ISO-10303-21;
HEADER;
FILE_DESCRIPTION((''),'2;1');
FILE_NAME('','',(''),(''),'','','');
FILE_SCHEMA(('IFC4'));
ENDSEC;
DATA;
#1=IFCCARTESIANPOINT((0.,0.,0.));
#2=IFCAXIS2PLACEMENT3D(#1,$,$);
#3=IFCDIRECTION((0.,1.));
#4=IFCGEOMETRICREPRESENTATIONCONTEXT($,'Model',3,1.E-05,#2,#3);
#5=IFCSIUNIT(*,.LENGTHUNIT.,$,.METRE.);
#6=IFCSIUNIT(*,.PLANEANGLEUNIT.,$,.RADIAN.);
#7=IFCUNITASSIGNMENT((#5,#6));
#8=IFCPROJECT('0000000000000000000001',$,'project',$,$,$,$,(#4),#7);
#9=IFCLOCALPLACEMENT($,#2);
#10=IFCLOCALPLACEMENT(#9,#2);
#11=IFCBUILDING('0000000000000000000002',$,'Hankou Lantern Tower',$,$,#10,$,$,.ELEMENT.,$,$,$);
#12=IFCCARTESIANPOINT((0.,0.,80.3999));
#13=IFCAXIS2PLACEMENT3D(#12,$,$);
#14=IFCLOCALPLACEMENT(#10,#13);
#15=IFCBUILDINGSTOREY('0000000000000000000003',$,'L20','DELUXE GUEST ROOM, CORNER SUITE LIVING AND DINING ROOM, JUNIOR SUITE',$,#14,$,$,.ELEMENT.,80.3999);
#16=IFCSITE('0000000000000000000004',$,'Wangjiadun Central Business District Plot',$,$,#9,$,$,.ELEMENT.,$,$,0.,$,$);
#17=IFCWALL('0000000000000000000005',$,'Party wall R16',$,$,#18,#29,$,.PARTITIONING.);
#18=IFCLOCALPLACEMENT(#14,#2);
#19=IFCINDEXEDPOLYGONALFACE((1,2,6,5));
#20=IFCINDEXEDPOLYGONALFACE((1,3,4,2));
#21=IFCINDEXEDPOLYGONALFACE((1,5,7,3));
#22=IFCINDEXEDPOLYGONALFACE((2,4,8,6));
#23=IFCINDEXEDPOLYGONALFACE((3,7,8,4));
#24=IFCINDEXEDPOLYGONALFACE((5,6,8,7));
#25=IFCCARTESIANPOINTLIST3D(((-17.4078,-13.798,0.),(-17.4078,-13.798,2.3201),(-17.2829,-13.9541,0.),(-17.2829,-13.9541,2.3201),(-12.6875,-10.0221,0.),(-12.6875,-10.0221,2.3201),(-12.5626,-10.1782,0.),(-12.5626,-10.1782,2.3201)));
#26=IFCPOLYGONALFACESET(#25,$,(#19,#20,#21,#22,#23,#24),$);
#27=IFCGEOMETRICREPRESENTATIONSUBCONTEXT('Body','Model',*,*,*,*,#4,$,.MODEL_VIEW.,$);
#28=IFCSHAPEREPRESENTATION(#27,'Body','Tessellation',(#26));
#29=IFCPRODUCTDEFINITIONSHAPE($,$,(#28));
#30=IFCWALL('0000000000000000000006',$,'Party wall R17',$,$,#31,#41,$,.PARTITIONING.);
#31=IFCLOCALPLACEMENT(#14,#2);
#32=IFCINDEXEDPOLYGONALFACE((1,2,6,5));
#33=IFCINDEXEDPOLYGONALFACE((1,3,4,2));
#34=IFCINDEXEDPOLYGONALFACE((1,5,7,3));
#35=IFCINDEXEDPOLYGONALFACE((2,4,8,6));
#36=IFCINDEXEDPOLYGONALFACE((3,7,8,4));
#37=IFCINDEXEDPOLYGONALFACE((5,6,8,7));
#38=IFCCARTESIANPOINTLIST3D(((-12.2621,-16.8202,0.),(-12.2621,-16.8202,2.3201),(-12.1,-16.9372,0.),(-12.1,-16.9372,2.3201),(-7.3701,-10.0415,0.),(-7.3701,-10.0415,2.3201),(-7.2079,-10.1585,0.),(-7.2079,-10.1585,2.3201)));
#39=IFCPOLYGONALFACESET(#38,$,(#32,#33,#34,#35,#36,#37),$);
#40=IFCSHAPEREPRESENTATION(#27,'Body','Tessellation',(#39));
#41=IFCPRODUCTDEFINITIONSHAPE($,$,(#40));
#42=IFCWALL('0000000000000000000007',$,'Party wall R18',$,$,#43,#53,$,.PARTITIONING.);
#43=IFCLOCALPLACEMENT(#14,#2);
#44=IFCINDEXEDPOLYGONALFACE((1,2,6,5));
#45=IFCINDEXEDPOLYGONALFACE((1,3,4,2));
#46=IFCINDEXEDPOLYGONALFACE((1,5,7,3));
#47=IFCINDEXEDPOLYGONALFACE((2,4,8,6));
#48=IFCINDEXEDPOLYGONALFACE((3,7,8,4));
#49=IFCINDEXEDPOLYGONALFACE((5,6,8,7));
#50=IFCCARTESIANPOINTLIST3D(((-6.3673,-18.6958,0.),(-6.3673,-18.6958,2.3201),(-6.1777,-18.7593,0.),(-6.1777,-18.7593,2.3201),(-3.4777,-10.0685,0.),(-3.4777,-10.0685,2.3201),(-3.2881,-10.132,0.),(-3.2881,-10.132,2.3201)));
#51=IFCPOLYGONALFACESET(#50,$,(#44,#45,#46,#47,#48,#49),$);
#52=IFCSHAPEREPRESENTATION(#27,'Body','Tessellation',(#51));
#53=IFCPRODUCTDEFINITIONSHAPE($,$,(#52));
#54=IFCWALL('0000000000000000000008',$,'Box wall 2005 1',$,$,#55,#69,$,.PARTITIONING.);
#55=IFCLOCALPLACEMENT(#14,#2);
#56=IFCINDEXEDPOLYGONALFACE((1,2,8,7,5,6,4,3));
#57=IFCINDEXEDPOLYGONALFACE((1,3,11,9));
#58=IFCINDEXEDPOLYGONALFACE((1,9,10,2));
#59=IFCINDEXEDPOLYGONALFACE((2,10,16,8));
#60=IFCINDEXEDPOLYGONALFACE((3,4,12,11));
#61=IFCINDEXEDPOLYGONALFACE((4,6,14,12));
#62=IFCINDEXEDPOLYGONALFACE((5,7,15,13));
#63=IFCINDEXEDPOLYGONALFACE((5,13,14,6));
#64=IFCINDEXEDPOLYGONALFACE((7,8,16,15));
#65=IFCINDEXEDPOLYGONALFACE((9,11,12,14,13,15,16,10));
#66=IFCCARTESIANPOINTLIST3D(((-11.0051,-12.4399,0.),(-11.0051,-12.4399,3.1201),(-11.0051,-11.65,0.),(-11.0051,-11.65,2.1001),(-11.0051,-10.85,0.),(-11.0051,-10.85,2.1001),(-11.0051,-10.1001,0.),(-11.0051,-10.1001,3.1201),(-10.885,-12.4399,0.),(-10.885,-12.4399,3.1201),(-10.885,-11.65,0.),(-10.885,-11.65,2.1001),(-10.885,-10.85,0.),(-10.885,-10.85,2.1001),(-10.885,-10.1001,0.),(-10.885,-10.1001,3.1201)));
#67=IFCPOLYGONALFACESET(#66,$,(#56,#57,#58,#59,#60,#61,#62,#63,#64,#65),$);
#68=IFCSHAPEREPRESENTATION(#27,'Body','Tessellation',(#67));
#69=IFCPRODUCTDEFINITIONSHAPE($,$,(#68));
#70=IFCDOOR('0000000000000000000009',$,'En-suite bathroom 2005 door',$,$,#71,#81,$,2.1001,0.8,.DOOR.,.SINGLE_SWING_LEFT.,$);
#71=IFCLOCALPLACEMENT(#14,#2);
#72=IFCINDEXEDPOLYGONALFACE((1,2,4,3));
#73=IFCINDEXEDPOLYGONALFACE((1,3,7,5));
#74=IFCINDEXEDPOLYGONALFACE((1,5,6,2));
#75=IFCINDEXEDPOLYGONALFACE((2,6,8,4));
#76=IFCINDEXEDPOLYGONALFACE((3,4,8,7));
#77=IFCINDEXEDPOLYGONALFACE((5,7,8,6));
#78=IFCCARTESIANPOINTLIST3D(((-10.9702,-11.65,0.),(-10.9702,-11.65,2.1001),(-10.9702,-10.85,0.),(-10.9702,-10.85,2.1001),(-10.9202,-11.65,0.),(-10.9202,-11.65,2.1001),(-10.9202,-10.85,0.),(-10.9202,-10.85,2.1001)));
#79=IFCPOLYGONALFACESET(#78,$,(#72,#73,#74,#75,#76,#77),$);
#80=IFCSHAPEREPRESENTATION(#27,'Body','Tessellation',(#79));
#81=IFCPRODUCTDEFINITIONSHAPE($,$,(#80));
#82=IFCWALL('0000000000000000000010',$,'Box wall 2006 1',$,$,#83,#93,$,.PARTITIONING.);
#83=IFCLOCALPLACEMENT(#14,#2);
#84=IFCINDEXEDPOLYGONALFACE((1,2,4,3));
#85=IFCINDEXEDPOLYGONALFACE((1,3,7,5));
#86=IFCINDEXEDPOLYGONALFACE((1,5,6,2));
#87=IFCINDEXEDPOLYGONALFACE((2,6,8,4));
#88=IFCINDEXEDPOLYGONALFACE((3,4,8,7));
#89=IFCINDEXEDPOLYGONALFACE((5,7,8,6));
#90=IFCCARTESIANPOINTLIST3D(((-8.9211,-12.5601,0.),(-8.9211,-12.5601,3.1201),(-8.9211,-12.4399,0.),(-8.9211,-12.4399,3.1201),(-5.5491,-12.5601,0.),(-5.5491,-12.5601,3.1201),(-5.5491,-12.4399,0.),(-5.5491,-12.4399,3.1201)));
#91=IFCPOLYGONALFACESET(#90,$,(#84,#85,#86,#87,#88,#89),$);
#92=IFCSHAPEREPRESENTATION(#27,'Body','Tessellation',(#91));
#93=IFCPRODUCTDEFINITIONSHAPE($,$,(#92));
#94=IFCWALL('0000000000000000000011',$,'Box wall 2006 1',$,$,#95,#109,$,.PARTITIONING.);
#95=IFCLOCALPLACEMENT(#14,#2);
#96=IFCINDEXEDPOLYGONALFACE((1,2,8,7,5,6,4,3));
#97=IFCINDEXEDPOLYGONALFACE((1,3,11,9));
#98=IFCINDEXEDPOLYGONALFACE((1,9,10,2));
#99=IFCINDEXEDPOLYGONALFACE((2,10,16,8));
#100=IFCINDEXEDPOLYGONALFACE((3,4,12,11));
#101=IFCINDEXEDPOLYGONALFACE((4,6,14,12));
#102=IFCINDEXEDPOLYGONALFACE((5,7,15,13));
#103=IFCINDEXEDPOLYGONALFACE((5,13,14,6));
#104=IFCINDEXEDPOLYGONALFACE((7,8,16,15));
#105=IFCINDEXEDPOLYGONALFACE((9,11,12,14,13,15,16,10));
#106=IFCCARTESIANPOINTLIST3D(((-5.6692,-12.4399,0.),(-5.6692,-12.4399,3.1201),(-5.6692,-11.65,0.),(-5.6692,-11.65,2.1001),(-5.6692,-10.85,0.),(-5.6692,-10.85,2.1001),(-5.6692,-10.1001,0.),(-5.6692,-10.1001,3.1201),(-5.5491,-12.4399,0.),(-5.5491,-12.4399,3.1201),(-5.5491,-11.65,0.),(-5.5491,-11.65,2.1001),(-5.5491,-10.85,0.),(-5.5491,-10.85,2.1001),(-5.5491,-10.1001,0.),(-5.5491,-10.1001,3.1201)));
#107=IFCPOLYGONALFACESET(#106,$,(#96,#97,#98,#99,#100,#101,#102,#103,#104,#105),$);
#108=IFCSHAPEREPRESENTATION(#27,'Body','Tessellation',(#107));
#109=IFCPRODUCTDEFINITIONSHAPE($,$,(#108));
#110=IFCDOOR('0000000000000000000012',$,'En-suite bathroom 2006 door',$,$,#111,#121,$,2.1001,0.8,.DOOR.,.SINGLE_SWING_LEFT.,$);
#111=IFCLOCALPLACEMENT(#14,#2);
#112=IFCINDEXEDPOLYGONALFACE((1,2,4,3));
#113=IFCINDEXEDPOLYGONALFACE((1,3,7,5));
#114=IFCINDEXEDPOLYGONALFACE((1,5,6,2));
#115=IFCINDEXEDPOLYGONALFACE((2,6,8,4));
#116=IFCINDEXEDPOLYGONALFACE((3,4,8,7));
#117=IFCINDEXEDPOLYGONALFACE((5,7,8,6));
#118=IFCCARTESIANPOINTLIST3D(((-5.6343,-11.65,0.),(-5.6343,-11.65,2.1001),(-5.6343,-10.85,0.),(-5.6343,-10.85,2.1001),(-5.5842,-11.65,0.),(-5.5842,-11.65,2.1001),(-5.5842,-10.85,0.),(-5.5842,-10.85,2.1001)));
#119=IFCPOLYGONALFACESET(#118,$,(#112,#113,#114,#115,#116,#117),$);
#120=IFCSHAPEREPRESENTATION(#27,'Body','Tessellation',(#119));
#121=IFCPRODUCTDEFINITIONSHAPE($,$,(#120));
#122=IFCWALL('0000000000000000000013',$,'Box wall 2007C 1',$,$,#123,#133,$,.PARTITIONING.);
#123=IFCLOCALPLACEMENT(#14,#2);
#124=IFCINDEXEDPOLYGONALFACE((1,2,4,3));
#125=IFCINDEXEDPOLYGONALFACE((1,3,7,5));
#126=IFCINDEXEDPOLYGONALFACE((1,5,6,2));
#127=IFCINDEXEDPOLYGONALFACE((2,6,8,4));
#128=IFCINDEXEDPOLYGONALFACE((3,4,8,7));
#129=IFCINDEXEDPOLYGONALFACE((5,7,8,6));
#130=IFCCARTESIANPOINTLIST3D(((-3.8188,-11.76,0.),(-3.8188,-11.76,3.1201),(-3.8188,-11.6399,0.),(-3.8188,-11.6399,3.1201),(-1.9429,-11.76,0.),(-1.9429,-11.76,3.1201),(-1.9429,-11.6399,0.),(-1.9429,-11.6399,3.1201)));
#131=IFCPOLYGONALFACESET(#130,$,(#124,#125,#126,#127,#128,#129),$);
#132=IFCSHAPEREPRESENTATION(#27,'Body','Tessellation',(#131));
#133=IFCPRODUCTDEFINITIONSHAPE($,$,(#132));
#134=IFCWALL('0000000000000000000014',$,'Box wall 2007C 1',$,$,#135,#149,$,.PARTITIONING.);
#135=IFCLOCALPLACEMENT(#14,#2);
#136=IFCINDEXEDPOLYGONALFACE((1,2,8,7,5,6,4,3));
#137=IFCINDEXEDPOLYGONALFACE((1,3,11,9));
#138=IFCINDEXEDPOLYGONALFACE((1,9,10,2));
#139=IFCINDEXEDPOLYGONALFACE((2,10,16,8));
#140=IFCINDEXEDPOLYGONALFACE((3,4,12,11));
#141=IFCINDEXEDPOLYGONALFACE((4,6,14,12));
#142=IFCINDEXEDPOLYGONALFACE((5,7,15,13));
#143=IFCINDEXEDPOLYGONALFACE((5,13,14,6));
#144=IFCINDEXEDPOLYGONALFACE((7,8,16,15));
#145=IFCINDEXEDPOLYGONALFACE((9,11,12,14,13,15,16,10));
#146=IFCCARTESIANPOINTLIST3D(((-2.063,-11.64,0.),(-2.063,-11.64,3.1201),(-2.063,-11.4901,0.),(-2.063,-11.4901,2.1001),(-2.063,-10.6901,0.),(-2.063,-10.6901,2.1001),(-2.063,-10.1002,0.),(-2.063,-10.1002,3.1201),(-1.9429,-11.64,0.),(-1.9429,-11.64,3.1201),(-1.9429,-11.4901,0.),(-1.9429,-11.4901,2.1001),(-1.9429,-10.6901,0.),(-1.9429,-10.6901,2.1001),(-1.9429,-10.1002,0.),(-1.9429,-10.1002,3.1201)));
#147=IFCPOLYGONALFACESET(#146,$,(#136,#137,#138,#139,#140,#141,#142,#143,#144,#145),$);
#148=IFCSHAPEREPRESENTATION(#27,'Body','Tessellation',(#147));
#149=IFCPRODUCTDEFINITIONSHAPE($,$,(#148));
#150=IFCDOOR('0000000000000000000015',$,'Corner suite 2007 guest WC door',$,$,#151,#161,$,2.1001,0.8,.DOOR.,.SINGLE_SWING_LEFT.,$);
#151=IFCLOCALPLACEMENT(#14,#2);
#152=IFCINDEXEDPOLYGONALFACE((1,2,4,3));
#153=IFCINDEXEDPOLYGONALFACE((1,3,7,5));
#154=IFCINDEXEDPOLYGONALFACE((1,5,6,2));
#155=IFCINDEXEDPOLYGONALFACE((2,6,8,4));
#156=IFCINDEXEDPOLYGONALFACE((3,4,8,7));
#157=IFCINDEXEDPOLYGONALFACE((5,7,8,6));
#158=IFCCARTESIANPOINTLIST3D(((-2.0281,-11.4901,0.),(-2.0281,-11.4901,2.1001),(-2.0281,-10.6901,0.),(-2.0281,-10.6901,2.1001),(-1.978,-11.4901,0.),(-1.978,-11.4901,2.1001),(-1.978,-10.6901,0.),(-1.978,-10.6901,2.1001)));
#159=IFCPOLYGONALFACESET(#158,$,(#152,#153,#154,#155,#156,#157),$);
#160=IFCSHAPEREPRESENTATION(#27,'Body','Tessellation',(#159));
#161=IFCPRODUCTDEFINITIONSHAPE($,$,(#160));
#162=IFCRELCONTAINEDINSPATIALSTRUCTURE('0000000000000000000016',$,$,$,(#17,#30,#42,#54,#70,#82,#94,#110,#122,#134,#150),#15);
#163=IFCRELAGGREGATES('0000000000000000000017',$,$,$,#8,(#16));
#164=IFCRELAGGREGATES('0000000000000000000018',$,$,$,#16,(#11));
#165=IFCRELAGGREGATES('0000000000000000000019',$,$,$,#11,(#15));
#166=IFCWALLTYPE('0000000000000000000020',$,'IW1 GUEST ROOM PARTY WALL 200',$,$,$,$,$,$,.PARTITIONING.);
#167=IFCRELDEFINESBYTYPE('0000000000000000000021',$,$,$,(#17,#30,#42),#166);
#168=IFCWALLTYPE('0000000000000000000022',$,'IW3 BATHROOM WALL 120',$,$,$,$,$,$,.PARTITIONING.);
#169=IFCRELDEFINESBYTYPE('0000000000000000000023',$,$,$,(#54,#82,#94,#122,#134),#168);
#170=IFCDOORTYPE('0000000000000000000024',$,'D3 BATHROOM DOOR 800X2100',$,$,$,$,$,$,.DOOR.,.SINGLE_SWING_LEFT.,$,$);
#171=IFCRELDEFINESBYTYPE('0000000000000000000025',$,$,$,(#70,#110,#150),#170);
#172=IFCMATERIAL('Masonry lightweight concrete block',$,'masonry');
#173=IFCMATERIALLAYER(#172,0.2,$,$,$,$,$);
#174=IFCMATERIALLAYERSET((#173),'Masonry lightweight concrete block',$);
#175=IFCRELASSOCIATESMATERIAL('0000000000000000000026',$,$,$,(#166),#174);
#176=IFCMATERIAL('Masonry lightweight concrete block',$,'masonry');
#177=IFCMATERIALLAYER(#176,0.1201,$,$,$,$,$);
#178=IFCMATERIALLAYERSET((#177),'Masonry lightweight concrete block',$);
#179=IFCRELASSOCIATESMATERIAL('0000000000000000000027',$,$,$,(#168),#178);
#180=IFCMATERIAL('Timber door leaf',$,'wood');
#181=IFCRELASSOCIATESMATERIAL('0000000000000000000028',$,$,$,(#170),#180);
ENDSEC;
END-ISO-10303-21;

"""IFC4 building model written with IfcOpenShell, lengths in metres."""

from ifc_helpers import new_model, si_unit, direction, frame, frame_2d, origin, place, context, subcontext, project, spatial, rectangle, extrude, material, layer, layer_set, type_object, element, fill, save


model = new_model("IFC4")

# Units and contexts
model_context = context("Model", 3, precision=1e-05, world=origin(), true_north=direction((0.0, 1.0)))
body_context = subcontext(model_context, "Body", "Model", "MODEL_VIEW")
ifc_project = project(units=[si_unit("LENGTHUNIT", "METRE"), si_unit("PLANEANGLEUNIT", "RADIAN")], contexts=[model_context])

# Site, building, storey
site_placement = place(None, origin())
site = spatial("IfcSite", under=ifc_project, at=site_placement, Name="Wangjiadun Central Business District Plot", CompositionType="ELEMENT", RefElevation=0.0)
building_placement = place(site_placement, origin())
building = spatial("IfcBuilding", under=site, at=building_placement, Name="Hankou Lantern Tower", CompositionType="ELEMENT")
storey_placement = place(building_placement, frame((0.0, 0.0, 80.3999)))
storey = spatial("IfcBuildingStorey", under=building, at=storey_placement, Name="L20", Description="DELUXE GUEST ROOM, CORNER SUITE LIVING AND DINING ROOM, JUNIOR SUITE", CompositionType="ELEMENT", Elevation=80.3999)

# Walls
ifc_material_1 = material(Name="Masonry lightweight concrete block", Category="masonry")
ifc_layer_1 = layer(ifc_material_1, 0.2)
ifc_layer_set_1 = layer_set([ifc_layer_1], Name="Masonry lightweight concrete block")
wall_type_1 = type_object("IfcWallType", Name="IW1 GUEST ROOM PARTY WALL 200", PredefinedType="PARTITIONING", material=ifc_layer_set_1)
wall_1_placement = place(storey_placement, frame((-12.625, -10.1001, 0.0), z_axis=(0.0, 0.0, 1.0), x_axis=(-0.780892, -0.624665, 0.0)))
element("IfcWall", 1, at=wall_1_placement, inside=storey, type_object=wall_type_1, Name="Party wall R16", PredefinedType="PARTITIONING", context=body_context, shape_type="SweptSolid", body=[
    extrude(rectangle(XDim=6.0447, YDim=0.2, at=frame_2d((3.0225, 0.0))), origin(), (0.0, 0.0, 1.0), 2.3201),
])
wall_2_placement = place(storey_placement, frame((-7.2891, -10.1001, 0.0), z_axis=(0.0, 0.0, 1.0), x_axis=(-0.585198, -0.81089, 0.0)))
element("IfcWall", 2, at=wall_2_placement, inside=storey, type_object=wall_type_1, Name="Party wall R17", PredefinedType="PARTITIONING", context=body_context, shape_type="SweptSolid", body=[
    extrude(rectangle(XDim=8.3596, YDim=0.2, at=frame_2d((4.1797, 0.0))), origin(), (0.0, 0.0, 1.0), 2.3201),
])
wall_3_placement = place(storey_placement, frame((-3.3828, -10.1001, 0.0), z_axis=(0.0, 0.0, 1.0), x_axis=(-0.317596, -0.948226, 0.0)))
element("IfcWall", 3, at=wall_3_placement, inside=storey, type_object=wall_type_1, Name="Party wall R18", PredefinedType="PARTITIONING", context=body_context, shape_type="SweptSolid", body=[
    extrude(rectangle(XDim=9.0984, YDim=0.2, at=frame_2d((4.5493, 0.0))), origin(), (0.0, 0.0, 1.0), 2.3201),
])

# Wall, opening, door
ifc_material_2 = material(Name="Masonry lightweight concrete block", Category="masonry")
ifc_layer_2 = layer(ifc_material_2, 0.1201)
ifc_layer_set_2 = layer_set([ifc_layer_2], Name="Masonry lightweight concrete block")
wall_type_2 = type_object("IfcWallType", Name="IW3 BATHROOM WALL 120", PredefinedType="PARTITIONING", material=ifc_layer_set_2)
wall_4_placement = place(storey_placement, frame((-10.9451, -10.1001, 0.0), z_axis=(0.0, 0.0, 1.0), x_axis=(0.0, -1.0, 0.0)))
wall_4 = element("IfcWall", 4, at=wall_4_placement, inside=storey, type_object=wall_type_2, Name="Box wall 2005 1", PredefinedType="PARTITIONING", context=body_context, shape_type="SweptSolid", body=[
    extrude(rectangle(XDim=2.3398, YDim=0.1201, at=frame_2d((1.1699, 0.0))), origin(), (0.0, 0.0, 1.0), 3.1201),
])
opening_1_placement = place(wall_4_placement, frame((0.75, 0.0, 0.0)))
opening_1 = element("IfcOpeningElement", 5, at=opening_1_placement, cuts=wall_4, PredefinedType="OPENING", context=body_context, shape_type="SweptSolid", body=[
    extrude(rectangle(XDim=0.8, YDim=2.1001, at=frame_2d((0.3999, 1.05))), frame((0.0, 0.0701, 0.0), z_axis=(0.0, -1.0, 0.0), x_axis=(1.0, 0.0, 0.0)), (0.0, 0.0, 1.0), 0.1401),
])
ifc_material_3 = material(Name="Timber door leaf", Category="wood")
door_type = type_object("IfcDoorType", Name="D3 BATHROOM DOOR 800X2100", OperationType="SINGLE_SWING_LEFT", PredefinedType="DOOR", material=ifc_material_3)
door_1_placement = place(opening_1_placement, origin())
door_1 = element("IfcDoor", 6, at=door_1_placement, inside=storey, type_object=door_type, Name="En-suite bathroom 2005 door", OperationType="SINGLE_SWING_LEFT", OverallHeight=2.1001, OverallWidth=0.8, PredefinedType="DOOR", context=body_context, shape_type="SweptSolid", body=[
    extrude(rectangle(XDim=0.8, YDim=2.1001, at=frame_2d((0.3999, 1.05))), frame((0.0, 0.0249, 0.0), z_axis=(0.0, -1.0, 0.0), x_axis=(1.0, 0.0, 0.0)), (0.0, 0.0, 1.0), 0.05),
])
fill(opening_1, door_1)

# Wall
wall_5_placement = place(storey_placement, frame((-8.9211, -12.5, 0.0), z_axis=(0.0, 0.0, 1.0), x_axis=(1.0, 0.0, 0.0)))
element("IfcWall", 7, at=wall_5_placement, inside=storey, type_object=wall_type_2, Name="Box wall 2006 1", PredefinedType="PARTITIONING", context=body_context, shape_type="SweptSolid", body=[
    extrude(rectangle(XDim=3.3721, YDim=0.1201, at=frame_2d((1.686, 0.0))), origin(), (0.0, 0.0, 1.0), 3.1201),
])

# Wall, opening, door
wall_6_placement = place(storey_placement, frame((-5.6091, -10.1001, 0.0), z_axis=(0.0, 0.0, 1.0), x_axis=(0.0, -1.0, 0.0)))
wall_6 = element("IfcWall", 8, at=wall_6_placement, inside=storey, type_object=wall_type_2, Name="Box wall 2006 1", PredefinedType="PARTITIONING", context=body_context, shape_type="SweptSolid", body=[
    extrude(rectangle(XDim=2.3398, YDim=0.1201, at=frame_2d((1.1699, 0.0))), origin(), (0.0, 0.0, 1.0), 3.1201),
])
opening_2_placement = place(wall_6_placement, frame((0.75, 0.0, 0.0)))
opening_2 = element("IfcOpeningElement", 9, at=opening_2_placement, cuts=wall_6, PredefinedType="OPENING", context=body_context, shape_type="SweptSolid", body=[
    extrude(rectangle(XDim=0.8, YDim=2.1001, at=frame_2d((0.3999, 1.05))), frame((0.0, 0.0701, 0.0), z_axis=(0.0, -1.0, 0.0), x_axis=(1.0, 0.0, 0.0)), (0.0, 0.0, 1.0), 0.1401),
])
door_2_placement = place(opening_2_placement, origin())
door_2 = element("IfcDoor", 10, at=door_2_placement, inside=storey, type_object=door_type, Name="En-suite bathroom 2006 door", OperationType="SINGLE_SWING_LEFT", OverallHeight=2.1001, OverallWidth=0.8, PredefinedType="DOOR", context=body_context, shape_type="SweptSolid", body=[
    extrude(rectangle(XDim=0.8, YDim=2.1001, at=frame_2d((0.3999, 1.05))), frame((0.0, 0.0249, 0.0), z_axis=(0.0, -1.0, 0.0), x_axis=(1.0, 0.0, 0.0)), (0.0, 0.0, 1.0), 0.05),
])
fill(opening_2, door_2)

# Wall
wall_7_placement = place(storey_placement, frame((-3.8188, -11.7, 0.0), z_axis=(0.0, 0.0, 1.0), x_axis=(1.0, 0.0, 0.0)))
element("IfcWall", 11, at=wall_7_placement, inside=storey, type_object=wall_type_2, Name="Box wall 2007C 1", PredefinedType="PARTITIONING", context=body_context, shape_type="SweptSolid", body=[
    extrude(rectangle(XDim=1.876, YDim=0.1201, at=frame_2d((0.938, 0.0))), origin(), (0.0, 0.0, 1.0), 3.1201),
])

# Wall, opening, door
wall_8_placement = place(storey_placement, frame((-2.0029, -10.1001, 0.0), z_axis=(0.0, 0.0, 1.0), x_axis=(0.0, -1.0, 0.0)))
wall_8 = element("IfcWall", 12, at=wall_8_placement, inside=storey, type_object=wall_type_2, Name="Box wall 2007C 1", PredefinedType="PARTITIONING", context=body_context, shape_type="SweptSolid", body=[
    extrude(rectangle(XDim=1.5398, YDim=0.1201, at=frame_2d((0.77, 0.0))), origin(), (0.0, 0.0, 1.0), 3.1201),
])
opening_3_placement = place(wall_8_placement, frame((0.5901, 0.0, 0.0)))
opening_3 = element("IfcOpeningElement", 13, at=opening_3_placement, cuts=wall_8, PredefinedType="OPENING", context=body_context, shape_type="SweptSolid", body=[
    extrude(rectangle(XDim=0.8, YDim=2.1001, at=frame_2d((0.3999, 1.05))), frame((0.0, 0.0701, 0.0), z_axis=(0.0, -1.0, 0.0), x_axis=(1.0, 0.0, 0.0)), (0.0, 0.0, 1.0), 0.1401),
])
door_3_placement = place(opening_3_placement, origin())
door_3 = element("IfcDoor", 14, at=door_3_placement, inside=storey, type_object=door_type, Name="Corner suite 2007 guest WC door", OperationType="SINGLE_SWING_LEFT", OverallHeight=2.1001, OverallWidth=0.8, PredefinedType="DOOR", context=body_context, shape_type="SweptSolid", body=[
    extrude(rectangle(XDim=0.8, YDim=2.1001, at=frame_2d((0.3999, 1.05))), frame((0.0, 0.0249, 0.0), z_axis=(0.0, -1.0, 0.0), x_axis=(1.0, 0.0, 0.0)), (0.0, 0.0, 1.0), 0.05),
])
fill(opening_3, door_3)

save(model, "model.ifc")
